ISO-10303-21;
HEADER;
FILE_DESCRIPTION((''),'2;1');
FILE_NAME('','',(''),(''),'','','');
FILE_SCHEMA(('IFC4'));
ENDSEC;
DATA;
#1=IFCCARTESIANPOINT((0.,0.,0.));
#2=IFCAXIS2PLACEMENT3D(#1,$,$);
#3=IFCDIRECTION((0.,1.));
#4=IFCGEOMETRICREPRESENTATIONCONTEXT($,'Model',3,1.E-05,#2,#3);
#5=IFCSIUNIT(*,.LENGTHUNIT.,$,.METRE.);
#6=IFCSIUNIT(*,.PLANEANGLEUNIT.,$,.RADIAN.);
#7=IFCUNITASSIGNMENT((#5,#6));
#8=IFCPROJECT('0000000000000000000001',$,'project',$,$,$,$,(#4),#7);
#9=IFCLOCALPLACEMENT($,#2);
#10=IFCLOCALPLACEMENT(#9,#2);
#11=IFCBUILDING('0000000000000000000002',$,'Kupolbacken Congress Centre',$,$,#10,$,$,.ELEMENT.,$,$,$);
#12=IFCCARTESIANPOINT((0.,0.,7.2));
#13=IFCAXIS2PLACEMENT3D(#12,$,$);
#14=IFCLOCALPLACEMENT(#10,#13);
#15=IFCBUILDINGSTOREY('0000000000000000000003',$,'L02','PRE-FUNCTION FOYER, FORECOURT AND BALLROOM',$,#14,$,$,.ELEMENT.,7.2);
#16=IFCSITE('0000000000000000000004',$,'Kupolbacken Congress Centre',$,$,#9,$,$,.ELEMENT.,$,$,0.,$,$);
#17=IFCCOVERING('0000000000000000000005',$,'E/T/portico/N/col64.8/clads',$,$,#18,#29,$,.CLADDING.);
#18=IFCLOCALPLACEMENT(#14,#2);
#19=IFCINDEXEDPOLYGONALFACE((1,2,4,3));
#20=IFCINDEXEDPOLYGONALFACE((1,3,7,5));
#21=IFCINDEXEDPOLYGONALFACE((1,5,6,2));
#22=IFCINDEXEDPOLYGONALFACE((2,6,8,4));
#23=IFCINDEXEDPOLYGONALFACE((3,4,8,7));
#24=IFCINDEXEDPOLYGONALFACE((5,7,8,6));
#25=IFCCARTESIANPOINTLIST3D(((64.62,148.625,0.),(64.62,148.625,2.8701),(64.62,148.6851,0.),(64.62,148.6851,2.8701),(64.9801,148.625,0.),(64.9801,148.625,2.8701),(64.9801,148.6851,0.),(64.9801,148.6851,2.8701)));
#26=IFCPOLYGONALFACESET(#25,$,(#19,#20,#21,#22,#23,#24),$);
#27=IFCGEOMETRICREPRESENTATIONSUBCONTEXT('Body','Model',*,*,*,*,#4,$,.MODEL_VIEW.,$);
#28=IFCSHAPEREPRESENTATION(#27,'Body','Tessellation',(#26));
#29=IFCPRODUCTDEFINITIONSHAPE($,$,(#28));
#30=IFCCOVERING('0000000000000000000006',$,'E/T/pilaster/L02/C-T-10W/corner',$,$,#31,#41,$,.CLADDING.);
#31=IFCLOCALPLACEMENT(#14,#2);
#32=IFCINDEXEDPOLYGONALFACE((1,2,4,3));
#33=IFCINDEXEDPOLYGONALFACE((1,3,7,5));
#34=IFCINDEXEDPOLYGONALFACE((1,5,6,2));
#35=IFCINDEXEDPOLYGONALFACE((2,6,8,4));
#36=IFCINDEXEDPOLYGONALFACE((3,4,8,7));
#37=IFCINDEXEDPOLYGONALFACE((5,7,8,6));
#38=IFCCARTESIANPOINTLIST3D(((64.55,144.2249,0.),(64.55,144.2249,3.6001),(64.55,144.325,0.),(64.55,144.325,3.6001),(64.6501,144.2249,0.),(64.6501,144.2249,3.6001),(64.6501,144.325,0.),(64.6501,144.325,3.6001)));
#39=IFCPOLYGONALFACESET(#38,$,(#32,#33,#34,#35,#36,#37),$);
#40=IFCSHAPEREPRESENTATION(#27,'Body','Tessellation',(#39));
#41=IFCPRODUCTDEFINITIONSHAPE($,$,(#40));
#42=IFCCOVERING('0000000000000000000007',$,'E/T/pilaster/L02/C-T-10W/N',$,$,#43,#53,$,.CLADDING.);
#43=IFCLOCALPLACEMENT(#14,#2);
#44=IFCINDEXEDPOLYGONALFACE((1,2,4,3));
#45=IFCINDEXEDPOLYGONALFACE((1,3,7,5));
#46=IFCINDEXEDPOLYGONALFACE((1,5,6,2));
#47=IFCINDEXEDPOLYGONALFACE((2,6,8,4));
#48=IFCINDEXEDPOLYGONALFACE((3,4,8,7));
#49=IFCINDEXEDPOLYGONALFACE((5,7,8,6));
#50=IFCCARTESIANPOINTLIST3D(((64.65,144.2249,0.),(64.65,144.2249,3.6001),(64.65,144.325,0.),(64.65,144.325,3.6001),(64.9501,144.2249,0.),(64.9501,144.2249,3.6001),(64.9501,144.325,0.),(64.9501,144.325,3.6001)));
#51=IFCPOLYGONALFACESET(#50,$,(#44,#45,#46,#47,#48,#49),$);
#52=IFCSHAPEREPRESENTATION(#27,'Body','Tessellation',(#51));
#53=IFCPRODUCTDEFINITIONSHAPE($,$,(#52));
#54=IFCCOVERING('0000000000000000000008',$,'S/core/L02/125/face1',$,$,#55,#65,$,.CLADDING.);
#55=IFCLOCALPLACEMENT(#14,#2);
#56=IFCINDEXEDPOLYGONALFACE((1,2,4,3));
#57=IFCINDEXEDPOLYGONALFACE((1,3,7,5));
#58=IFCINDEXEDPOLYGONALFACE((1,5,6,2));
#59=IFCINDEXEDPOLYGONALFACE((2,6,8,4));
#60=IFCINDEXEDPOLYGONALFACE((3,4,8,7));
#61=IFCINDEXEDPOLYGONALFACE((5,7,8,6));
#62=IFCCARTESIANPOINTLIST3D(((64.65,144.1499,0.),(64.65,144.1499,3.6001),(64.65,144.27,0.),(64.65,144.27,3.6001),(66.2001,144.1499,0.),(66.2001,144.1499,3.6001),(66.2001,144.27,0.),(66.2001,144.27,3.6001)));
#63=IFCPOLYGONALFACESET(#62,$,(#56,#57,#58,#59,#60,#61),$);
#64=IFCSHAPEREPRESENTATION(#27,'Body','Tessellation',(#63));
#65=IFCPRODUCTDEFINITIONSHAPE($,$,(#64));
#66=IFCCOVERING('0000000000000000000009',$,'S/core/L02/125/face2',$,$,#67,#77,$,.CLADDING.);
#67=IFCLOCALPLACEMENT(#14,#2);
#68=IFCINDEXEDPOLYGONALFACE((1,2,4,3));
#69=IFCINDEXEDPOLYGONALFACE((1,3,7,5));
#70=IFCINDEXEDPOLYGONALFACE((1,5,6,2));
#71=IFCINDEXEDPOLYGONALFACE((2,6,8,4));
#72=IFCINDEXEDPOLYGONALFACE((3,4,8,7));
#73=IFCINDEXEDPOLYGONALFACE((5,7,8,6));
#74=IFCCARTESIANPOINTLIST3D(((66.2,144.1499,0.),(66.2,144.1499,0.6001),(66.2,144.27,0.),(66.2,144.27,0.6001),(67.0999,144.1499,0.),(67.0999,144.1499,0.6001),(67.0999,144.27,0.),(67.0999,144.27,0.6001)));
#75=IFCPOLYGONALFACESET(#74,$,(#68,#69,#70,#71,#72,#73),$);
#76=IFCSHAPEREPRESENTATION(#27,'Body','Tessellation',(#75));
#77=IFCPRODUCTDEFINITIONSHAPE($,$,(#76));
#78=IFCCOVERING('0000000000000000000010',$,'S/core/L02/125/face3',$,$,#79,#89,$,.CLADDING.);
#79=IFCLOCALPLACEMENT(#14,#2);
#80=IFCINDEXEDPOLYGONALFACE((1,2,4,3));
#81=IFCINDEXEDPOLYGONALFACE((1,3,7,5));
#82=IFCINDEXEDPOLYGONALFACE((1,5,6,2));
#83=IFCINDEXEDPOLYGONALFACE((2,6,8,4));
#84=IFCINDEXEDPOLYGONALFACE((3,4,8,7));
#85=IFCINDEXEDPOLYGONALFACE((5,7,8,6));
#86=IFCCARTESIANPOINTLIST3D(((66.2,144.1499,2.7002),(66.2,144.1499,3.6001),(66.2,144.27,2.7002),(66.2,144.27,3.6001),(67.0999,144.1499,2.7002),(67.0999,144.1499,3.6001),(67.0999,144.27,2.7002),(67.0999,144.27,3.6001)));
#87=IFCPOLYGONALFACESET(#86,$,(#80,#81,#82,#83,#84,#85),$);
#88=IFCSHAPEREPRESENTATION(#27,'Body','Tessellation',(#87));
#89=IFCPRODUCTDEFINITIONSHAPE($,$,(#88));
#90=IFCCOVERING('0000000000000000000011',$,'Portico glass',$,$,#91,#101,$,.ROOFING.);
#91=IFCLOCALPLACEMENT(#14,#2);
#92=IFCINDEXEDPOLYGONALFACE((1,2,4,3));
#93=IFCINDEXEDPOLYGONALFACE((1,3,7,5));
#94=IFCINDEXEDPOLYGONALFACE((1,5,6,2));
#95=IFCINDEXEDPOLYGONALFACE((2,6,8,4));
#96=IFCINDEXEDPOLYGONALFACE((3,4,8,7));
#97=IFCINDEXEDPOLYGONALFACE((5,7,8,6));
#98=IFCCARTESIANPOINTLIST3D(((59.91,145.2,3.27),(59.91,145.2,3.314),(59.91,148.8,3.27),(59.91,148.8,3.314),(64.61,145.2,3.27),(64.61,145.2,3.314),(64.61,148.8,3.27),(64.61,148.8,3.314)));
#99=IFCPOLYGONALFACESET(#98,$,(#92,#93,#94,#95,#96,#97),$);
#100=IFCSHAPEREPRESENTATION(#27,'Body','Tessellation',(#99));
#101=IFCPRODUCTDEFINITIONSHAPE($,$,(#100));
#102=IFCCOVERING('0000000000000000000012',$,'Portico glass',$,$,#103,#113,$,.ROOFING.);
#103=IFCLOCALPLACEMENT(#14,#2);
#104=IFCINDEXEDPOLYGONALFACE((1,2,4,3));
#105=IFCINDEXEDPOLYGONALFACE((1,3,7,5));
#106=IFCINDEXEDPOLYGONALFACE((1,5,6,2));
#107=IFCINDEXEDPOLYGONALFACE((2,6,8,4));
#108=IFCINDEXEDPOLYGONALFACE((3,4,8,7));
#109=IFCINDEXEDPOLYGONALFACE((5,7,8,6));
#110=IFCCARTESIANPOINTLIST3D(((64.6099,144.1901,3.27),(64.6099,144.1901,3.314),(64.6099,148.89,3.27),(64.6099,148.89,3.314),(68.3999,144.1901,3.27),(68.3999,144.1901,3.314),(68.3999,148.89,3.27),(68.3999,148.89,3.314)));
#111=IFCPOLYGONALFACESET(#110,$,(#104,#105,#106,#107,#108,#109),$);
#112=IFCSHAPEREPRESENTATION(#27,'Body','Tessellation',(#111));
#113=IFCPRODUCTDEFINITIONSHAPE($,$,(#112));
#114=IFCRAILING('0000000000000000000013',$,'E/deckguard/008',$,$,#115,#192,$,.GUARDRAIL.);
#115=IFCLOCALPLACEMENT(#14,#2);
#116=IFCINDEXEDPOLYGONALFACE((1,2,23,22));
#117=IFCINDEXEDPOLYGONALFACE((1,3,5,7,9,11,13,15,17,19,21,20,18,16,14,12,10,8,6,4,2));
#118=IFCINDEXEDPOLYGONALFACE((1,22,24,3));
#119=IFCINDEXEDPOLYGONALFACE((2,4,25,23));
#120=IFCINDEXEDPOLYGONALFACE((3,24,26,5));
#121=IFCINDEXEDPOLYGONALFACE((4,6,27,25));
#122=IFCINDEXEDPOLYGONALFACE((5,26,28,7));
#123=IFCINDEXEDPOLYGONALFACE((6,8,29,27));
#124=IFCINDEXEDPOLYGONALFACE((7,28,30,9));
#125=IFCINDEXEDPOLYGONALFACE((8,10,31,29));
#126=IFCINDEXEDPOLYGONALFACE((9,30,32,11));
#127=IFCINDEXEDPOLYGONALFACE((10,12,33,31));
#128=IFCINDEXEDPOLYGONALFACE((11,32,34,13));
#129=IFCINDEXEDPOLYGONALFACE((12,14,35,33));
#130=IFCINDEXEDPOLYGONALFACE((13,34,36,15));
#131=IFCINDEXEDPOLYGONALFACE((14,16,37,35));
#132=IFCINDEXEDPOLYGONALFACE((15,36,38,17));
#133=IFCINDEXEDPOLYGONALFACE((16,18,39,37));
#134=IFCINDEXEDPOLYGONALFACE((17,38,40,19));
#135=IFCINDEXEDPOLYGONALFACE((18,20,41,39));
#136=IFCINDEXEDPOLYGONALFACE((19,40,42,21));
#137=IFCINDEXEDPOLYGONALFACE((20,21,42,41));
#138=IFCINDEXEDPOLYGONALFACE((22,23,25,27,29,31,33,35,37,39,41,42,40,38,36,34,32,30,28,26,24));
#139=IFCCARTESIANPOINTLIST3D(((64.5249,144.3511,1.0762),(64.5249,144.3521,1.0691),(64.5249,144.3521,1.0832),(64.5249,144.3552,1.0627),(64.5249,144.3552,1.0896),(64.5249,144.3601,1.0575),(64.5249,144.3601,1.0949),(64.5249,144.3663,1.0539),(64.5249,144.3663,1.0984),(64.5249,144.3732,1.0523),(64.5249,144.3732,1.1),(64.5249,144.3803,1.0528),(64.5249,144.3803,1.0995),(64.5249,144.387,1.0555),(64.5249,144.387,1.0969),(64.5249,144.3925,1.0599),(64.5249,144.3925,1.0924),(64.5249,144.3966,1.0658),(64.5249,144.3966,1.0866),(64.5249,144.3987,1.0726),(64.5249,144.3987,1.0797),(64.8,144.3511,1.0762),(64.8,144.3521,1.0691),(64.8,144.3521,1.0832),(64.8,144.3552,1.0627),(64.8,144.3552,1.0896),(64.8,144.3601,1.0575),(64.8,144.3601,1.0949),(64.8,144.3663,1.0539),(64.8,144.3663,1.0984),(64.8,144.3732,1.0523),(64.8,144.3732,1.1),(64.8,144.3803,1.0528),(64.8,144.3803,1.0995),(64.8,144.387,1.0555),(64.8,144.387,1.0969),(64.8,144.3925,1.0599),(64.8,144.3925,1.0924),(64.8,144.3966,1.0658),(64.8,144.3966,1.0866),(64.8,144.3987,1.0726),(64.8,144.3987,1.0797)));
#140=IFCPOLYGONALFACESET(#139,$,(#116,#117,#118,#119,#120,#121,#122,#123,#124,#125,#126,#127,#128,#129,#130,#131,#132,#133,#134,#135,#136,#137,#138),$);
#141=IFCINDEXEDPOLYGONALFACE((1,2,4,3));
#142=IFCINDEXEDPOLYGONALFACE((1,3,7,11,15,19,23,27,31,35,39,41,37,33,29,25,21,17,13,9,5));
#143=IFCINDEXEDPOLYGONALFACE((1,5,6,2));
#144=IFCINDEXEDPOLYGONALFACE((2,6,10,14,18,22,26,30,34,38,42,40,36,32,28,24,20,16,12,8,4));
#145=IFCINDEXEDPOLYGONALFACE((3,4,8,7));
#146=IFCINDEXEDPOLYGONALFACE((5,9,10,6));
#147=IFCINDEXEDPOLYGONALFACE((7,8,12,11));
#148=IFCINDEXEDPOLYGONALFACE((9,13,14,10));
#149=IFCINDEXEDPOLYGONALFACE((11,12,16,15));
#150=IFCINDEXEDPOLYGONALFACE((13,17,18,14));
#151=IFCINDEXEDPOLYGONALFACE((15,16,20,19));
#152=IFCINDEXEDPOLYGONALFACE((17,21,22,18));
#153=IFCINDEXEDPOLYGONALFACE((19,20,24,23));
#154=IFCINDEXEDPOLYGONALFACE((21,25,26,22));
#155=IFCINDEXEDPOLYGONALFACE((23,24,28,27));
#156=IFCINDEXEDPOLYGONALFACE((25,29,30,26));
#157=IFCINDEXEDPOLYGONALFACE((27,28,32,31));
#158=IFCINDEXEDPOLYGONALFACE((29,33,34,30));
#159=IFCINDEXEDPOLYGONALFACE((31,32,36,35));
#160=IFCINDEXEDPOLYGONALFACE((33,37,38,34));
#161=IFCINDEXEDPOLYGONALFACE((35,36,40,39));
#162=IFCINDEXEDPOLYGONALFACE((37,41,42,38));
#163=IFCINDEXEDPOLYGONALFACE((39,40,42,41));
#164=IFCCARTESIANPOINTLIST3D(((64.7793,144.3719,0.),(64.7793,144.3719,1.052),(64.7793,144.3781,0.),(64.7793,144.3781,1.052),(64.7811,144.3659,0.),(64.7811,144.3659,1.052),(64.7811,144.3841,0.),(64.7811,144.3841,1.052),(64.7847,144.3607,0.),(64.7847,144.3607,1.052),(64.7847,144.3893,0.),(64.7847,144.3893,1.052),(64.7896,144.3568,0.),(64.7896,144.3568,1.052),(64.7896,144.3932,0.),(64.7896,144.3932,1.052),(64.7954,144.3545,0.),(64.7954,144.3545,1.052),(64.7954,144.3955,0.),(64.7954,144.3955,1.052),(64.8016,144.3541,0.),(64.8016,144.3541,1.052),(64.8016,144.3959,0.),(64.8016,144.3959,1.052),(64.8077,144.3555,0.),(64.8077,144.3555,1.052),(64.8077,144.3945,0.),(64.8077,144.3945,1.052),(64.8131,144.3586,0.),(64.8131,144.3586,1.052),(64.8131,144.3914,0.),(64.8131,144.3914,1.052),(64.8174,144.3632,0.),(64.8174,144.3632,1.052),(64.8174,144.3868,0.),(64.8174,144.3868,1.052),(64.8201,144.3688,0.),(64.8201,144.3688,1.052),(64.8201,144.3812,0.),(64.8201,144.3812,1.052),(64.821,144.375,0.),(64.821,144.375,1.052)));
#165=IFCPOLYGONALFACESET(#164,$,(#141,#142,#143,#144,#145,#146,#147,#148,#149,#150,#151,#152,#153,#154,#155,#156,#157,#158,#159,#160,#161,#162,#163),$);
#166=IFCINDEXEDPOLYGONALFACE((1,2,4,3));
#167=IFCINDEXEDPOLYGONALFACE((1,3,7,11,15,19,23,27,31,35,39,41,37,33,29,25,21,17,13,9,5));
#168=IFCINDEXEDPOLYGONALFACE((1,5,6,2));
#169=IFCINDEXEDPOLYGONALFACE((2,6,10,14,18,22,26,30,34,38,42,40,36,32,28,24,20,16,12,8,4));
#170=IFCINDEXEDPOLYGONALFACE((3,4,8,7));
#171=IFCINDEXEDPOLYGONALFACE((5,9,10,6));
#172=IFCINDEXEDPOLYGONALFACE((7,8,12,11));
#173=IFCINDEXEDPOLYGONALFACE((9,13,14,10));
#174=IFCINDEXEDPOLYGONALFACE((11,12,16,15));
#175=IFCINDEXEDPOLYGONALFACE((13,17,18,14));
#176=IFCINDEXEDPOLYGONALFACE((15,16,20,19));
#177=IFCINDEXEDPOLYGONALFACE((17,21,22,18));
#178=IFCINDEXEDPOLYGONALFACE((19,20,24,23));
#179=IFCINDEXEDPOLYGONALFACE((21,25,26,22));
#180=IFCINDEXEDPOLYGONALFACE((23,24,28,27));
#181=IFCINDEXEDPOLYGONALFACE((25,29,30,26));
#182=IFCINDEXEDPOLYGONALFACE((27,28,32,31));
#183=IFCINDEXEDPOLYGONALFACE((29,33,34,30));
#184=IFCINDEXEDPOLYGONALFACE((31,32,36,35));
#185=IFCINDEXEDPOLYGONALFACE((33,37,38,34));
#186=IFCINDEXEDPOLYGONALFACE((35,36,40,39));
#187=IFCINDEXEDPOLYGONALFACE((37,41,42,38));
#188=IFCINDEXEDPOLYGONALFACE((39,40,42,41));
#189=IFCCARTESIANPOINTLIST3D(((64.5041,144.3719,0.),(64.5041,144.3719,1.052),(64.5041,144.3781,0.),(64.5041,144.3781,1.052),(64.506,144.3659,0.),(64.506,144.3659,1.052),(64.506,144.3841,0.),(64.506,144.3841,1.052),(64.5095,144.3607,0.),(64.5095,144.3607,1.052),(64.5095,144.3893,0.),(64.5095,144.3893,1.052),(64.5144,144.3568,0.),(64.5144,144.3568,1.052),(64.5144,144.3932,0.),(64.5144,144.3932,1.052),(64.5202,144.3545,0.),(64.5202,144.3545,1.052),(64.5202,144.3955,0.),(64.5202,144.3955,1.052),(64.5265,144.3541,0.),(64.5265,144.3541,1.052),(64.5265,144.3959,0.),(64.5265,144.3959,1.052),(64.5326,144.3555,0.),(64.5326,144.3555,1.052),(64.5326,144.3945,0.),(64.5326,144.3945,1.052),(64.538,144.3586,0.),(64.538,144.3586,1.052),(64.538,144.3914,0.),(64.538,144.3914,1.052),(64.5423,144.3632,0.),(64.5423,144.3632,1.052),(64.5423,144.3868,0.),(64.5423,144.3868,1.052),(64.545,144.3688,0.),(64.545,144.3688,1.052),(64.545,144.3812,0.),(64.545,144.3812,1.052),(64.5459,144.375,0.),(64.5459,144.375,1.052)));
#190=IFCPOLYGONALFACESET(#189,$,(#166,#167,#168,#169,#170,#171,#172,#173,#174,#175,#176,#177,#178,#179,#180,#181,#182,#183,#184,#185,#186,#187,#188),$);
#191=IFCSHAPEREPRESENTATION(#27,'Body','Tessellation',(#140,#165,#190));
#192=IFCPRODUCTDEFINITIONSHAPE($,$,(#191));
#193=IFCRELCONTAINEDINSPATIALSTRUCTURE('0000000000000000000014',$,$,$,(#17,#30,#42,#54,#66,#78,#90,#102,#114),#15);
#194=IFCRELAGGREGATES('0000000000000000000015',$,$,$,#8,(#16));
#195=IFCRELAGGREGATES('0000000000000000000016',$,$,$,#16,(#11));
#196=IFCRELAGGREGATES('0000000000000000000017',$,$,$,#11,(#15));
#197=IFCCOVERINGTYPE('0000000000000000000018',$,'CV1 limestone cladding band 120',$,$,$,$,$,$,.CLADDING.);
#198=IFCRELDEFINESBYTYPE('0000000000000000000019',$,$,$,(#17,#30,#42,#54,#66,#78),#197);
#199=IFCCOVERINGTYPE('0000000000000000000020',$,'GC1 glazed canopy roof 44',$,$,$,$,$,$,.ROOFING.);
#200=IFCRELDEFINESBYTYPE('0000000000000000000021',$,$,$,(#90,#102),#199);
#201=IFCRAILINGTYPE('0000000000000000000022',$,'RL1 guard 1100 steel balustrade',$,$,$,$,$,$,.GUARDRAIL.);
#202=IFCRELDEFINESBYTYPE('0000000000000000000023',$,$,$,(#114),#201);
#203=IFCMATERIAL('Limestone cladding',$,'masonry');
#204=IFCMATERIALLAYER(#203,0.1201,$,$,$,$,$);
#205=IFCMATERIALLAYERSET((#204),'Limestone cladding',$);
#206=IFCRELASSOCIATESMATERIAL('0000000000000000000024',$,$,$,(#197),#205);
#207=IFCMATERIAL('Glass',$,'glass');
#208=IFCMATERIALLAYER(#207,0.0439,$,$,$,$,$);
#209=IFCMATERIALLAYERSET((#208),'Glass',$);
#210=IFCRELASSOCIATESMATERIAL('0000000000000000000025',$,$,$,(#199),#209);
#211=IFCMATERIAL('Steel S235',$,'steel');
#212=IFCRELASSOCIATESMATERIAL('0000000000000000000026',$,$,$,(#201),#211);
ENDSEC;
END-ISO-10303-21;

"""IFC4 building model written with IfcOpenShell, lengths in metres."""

from ifc_helpers import new_model, si_unit, direction, frame, origin, origin_2d, place, context, subcontext, project, spatial, rectangle, circle, extrude, material, layer, layer_set, type_object, element, save


model = new_model("IFC4")

# Units and contexts
model_context = context("Model", 3, precision=1e-05, world=origin(), true_north=direction((0.0, 1.0)))
body_context = subcontext(model_context, "Body", "Model", "MODEL_VIEW")
ifc_project = project(units=[si_unit("LENGTHUNIT", "METRE"), si_unit("PLANEANGLEUNIT", "RADIAN")], contexts=[model_context])

# Site, building, storey
site_placement = place(None, origin())
site = spatial("IfcSite", under=ifc_project, at=site_placement, Name="Kupolbacken Congress Centre", CompositionType="ELEMENT", RefElevation=0.0)
building_placement = place(site_placement, origin())
building = spatial("IfcBuilding", under=site, at=building_placement, Name="Kupolbacken Congress Centre", CompositionType="ELEMENT")
storey_placement = place(building_placement, frame((0.0, 0.0, 7.2)))
storey = spatial("IfcBuildingStorey", under=building, at=storey_placement, Name="L02", Description="PRE-FUNCTION FOYER, FORECOURT AND BALLROOM", CompositionType="ELEMENT", Elevation=7.2)

# Coverings
ifc_material_1 = material(Name="Limestone cladding", Category="masonry")
ifc_layer_1 = layer(ifc_material_1, 0.1201)
ifc_layer_set_1 = layer_set([ifc_layer_1], Name="Limestone cladding")
covering_type_1 = type_object("IfcCoveringType", Name="CV1 limestone cladding band 120", PredefinedType="CLADDING", material=ifc_layer_set_1)
covering_1_placement = place(storey_placement, frame((64.8, 148.655, 0.0), z_axis=(0.0, 0.0, 1.0), x_axis=(1.0, 0.0, 0.0)))
element("IfcCovering", 1, at=covering_1_placement, inside=storey, type_object=covering_type_1, Name="E/T/portico/N/col64.8/clads", PredefinedType="CLADDING", context=body_context, shape_type="SweptSolid", body=[
    extrude(rectangle(XDim=0.3601, YDim=0.0601, at=origin_2d()), origin(), (0.0, 0.0, 1.0), 2.8701),
])
covering_2_placement = place(storey_placement, frame((64.6001, 144.2749, 0.0), z_axis=(0.0, 0.0, 1.0), x_axis=(1.0, 0.0, 0.0)))
element("IfcCovering", 2, at=covering_2_placement, inside=storey, type_object=covering_type_1, Name="E/T/pilaster/L02/C-T-10W/corner", PredefinedType="CLADDING", context=body_context, shape_type="SweptSolid", body=[
    extrude(rectangle(XDim=0.1001, YDim=0.1001, at=origin_2d()), origin(), (0.0, 0.0, 1.0), 3.6001),
])
covering_3_placement = place(storey_placement, frame((64.8, 144.2749, 0.0), z_axis=(0.0, 0.0, 1.0), x_axis=(1.0, 0.0, 0.0)))
element("IfcCovering", 3, at=covering_3_placement, inside=storey, type_object=covering_type_1, Name="E/T/pilaster/L02/C-T-10W/N", PredefinedType="CLADDING", context=body_context, shape_type="SweptSolid", body=[
    extrude(rectangle(XDim=0.3, YDim=0.1001, at=origin_2d()), origin(), (0.0, 0.0, 1.0), 3.6001),
])
covering_4_placement = place(storey_placement, frame((65.425, 144.21, 0.0), z_axis=(0.0, 0.0, 1.0), x_axis=(-1.0, 0.0, 0.0)))
element("IfcCovering", 4, at=covering_4_placement, inside=storey, type_object=covering_type_1, Name="S/core/L02/125/face1", PredefinedType="CLADDING", context=body_context, shape_type="SweptSolid", body=[
    extrude(rectangle(XDim=1.55, YDim=0.1201, at=origin_2d()), origin(), (0.0, 0.0, 1.0), 3.6001),
])
covering_5_placement = place(storey_placement, frame((66.6499, 144.21, 0.0), z_axis=(0.0, 0.0, 1.0), x_axis=(-1.0, 0.0, 0.0)))
element("IfcCovering", 5, at=covering_5_placement, inside=storey, type_object=covering_type_1, Name="S/core/L02/125/face2", PredefinedType="CLADDING", context=body_context, shape_type="SweptSolid", body=[
    extrude(rectangle(XDim=0.8999, YDim=0.1201, at=origin_2d()), origin(), (0.0, 0.0, 1.0), 0.6001),
])
covering_6_placement = place(storey_placement, frame((66.6499, 144.21, 2.7002), z_axis=(0.0, 0.0, 1.0), x_axis=(-1.0, 0.0, 0.0)))
element("IfcCovering", 6, at=covering_6_placement, inside=storey, type_object=covering_type_1, Name="S/core/L02/125/face3", PredefinedType="CLADDING", context=body_context, shape_type="SweptSolid", body=[
    extrude(rectangle(XDim=0.8999, YDim=0.1201, at=origin_2d()), origin(), (0.0, 0.0, 1.0), 0.8999),
])
ifc_material_2 = material(Name="Glass", Category="glass")
ifc_layer_2 = layer(ifc_material_2, 0.0439)
ifc_layer_set_2 = layer_set([ifc_layer_2], Name="Glass")
covering_type_2 = type_object("IfcCoveringType", Name="GC1 glazed canopy roof 44", PredefinedType="ROOFING", material=ifc_layer_set_2)
covering_7_placement = place(storey_placement, frame((62.26, 147.0, 3.27), z_axis=(0.0, 0.0, 1.0), x_axis=(0.0, 1.0, 0.0)))
element("IfcCovering", 7, at=covering_7_placement, inside=storey, type_object=covering_type_2, Name="Portico glass", PredefinedType="ROOFING", context=body_context, shape_type="SweptSolid", body=[
    extrude(rectangle(XDim=3.6001, YDim=4.7, at=origin_2d()), origin(), (0.0, 0.0, 1.0), 0.0439),
])
covering_8_placement = place(storey_placement, frame((66.5049, 146.54, 3.27), z_axis=(0.0, 0.0, 1.0), x_axis=(1.0, 0.0, 0.0)))
element("IfcCovering", 8, at=covering_8_placement, inside=storey, type_object=covering_type_2, Name="Portico glass", PredefinedType="ROOFING", context=body_context, shape_type="SweptSolid", body=[
    extrude(rectangle(XDim=3.79, YDim=4.7, at=origin_2d()), origin(), (0.0, 0.0, 1.0), 0.0439),
])

# Railing
ifc_material_3 = material(Name="Steel S235", Category="steel")
railing_type = type_object("IfcRailingType", Name="RL1 guard 1100 steel balustrade", PredefinedType="GUARDRAIL", material=ifc_material_3)
railing_placement = place(storey_placement, frame((64.8, 144.375, 0.0)))
element("IfcRailing", 9, at=railing_placement, inside=storey, type_object=railing_type, Name="E/deckguard/008", PredefinedType="GUARDRAIL", context=body_context, shape_type="SweptSolid", body=[
    extrude(circle(Radius=0.0239, at=origin_2d()), frame((0.0, 0.0, 1.0762), z_axis=(-1.0, 0.0, 0.0), x_axis=(0.0, -1.0, 0.0)), (0.0, 0.0, 1.0), 0.2751),
    extrude(circle(Radius=0.021, at=origin_2d()), origin(), (0.0, 0.0, 1.0), 1.052),
    extrude(circle(Radius=0.021, at=origin_2d()), frame((-0.2751, 0.0, 0.0)), (0.0, 0.0, 1.0), 1.052),
])

save(model, "model.ifc")
